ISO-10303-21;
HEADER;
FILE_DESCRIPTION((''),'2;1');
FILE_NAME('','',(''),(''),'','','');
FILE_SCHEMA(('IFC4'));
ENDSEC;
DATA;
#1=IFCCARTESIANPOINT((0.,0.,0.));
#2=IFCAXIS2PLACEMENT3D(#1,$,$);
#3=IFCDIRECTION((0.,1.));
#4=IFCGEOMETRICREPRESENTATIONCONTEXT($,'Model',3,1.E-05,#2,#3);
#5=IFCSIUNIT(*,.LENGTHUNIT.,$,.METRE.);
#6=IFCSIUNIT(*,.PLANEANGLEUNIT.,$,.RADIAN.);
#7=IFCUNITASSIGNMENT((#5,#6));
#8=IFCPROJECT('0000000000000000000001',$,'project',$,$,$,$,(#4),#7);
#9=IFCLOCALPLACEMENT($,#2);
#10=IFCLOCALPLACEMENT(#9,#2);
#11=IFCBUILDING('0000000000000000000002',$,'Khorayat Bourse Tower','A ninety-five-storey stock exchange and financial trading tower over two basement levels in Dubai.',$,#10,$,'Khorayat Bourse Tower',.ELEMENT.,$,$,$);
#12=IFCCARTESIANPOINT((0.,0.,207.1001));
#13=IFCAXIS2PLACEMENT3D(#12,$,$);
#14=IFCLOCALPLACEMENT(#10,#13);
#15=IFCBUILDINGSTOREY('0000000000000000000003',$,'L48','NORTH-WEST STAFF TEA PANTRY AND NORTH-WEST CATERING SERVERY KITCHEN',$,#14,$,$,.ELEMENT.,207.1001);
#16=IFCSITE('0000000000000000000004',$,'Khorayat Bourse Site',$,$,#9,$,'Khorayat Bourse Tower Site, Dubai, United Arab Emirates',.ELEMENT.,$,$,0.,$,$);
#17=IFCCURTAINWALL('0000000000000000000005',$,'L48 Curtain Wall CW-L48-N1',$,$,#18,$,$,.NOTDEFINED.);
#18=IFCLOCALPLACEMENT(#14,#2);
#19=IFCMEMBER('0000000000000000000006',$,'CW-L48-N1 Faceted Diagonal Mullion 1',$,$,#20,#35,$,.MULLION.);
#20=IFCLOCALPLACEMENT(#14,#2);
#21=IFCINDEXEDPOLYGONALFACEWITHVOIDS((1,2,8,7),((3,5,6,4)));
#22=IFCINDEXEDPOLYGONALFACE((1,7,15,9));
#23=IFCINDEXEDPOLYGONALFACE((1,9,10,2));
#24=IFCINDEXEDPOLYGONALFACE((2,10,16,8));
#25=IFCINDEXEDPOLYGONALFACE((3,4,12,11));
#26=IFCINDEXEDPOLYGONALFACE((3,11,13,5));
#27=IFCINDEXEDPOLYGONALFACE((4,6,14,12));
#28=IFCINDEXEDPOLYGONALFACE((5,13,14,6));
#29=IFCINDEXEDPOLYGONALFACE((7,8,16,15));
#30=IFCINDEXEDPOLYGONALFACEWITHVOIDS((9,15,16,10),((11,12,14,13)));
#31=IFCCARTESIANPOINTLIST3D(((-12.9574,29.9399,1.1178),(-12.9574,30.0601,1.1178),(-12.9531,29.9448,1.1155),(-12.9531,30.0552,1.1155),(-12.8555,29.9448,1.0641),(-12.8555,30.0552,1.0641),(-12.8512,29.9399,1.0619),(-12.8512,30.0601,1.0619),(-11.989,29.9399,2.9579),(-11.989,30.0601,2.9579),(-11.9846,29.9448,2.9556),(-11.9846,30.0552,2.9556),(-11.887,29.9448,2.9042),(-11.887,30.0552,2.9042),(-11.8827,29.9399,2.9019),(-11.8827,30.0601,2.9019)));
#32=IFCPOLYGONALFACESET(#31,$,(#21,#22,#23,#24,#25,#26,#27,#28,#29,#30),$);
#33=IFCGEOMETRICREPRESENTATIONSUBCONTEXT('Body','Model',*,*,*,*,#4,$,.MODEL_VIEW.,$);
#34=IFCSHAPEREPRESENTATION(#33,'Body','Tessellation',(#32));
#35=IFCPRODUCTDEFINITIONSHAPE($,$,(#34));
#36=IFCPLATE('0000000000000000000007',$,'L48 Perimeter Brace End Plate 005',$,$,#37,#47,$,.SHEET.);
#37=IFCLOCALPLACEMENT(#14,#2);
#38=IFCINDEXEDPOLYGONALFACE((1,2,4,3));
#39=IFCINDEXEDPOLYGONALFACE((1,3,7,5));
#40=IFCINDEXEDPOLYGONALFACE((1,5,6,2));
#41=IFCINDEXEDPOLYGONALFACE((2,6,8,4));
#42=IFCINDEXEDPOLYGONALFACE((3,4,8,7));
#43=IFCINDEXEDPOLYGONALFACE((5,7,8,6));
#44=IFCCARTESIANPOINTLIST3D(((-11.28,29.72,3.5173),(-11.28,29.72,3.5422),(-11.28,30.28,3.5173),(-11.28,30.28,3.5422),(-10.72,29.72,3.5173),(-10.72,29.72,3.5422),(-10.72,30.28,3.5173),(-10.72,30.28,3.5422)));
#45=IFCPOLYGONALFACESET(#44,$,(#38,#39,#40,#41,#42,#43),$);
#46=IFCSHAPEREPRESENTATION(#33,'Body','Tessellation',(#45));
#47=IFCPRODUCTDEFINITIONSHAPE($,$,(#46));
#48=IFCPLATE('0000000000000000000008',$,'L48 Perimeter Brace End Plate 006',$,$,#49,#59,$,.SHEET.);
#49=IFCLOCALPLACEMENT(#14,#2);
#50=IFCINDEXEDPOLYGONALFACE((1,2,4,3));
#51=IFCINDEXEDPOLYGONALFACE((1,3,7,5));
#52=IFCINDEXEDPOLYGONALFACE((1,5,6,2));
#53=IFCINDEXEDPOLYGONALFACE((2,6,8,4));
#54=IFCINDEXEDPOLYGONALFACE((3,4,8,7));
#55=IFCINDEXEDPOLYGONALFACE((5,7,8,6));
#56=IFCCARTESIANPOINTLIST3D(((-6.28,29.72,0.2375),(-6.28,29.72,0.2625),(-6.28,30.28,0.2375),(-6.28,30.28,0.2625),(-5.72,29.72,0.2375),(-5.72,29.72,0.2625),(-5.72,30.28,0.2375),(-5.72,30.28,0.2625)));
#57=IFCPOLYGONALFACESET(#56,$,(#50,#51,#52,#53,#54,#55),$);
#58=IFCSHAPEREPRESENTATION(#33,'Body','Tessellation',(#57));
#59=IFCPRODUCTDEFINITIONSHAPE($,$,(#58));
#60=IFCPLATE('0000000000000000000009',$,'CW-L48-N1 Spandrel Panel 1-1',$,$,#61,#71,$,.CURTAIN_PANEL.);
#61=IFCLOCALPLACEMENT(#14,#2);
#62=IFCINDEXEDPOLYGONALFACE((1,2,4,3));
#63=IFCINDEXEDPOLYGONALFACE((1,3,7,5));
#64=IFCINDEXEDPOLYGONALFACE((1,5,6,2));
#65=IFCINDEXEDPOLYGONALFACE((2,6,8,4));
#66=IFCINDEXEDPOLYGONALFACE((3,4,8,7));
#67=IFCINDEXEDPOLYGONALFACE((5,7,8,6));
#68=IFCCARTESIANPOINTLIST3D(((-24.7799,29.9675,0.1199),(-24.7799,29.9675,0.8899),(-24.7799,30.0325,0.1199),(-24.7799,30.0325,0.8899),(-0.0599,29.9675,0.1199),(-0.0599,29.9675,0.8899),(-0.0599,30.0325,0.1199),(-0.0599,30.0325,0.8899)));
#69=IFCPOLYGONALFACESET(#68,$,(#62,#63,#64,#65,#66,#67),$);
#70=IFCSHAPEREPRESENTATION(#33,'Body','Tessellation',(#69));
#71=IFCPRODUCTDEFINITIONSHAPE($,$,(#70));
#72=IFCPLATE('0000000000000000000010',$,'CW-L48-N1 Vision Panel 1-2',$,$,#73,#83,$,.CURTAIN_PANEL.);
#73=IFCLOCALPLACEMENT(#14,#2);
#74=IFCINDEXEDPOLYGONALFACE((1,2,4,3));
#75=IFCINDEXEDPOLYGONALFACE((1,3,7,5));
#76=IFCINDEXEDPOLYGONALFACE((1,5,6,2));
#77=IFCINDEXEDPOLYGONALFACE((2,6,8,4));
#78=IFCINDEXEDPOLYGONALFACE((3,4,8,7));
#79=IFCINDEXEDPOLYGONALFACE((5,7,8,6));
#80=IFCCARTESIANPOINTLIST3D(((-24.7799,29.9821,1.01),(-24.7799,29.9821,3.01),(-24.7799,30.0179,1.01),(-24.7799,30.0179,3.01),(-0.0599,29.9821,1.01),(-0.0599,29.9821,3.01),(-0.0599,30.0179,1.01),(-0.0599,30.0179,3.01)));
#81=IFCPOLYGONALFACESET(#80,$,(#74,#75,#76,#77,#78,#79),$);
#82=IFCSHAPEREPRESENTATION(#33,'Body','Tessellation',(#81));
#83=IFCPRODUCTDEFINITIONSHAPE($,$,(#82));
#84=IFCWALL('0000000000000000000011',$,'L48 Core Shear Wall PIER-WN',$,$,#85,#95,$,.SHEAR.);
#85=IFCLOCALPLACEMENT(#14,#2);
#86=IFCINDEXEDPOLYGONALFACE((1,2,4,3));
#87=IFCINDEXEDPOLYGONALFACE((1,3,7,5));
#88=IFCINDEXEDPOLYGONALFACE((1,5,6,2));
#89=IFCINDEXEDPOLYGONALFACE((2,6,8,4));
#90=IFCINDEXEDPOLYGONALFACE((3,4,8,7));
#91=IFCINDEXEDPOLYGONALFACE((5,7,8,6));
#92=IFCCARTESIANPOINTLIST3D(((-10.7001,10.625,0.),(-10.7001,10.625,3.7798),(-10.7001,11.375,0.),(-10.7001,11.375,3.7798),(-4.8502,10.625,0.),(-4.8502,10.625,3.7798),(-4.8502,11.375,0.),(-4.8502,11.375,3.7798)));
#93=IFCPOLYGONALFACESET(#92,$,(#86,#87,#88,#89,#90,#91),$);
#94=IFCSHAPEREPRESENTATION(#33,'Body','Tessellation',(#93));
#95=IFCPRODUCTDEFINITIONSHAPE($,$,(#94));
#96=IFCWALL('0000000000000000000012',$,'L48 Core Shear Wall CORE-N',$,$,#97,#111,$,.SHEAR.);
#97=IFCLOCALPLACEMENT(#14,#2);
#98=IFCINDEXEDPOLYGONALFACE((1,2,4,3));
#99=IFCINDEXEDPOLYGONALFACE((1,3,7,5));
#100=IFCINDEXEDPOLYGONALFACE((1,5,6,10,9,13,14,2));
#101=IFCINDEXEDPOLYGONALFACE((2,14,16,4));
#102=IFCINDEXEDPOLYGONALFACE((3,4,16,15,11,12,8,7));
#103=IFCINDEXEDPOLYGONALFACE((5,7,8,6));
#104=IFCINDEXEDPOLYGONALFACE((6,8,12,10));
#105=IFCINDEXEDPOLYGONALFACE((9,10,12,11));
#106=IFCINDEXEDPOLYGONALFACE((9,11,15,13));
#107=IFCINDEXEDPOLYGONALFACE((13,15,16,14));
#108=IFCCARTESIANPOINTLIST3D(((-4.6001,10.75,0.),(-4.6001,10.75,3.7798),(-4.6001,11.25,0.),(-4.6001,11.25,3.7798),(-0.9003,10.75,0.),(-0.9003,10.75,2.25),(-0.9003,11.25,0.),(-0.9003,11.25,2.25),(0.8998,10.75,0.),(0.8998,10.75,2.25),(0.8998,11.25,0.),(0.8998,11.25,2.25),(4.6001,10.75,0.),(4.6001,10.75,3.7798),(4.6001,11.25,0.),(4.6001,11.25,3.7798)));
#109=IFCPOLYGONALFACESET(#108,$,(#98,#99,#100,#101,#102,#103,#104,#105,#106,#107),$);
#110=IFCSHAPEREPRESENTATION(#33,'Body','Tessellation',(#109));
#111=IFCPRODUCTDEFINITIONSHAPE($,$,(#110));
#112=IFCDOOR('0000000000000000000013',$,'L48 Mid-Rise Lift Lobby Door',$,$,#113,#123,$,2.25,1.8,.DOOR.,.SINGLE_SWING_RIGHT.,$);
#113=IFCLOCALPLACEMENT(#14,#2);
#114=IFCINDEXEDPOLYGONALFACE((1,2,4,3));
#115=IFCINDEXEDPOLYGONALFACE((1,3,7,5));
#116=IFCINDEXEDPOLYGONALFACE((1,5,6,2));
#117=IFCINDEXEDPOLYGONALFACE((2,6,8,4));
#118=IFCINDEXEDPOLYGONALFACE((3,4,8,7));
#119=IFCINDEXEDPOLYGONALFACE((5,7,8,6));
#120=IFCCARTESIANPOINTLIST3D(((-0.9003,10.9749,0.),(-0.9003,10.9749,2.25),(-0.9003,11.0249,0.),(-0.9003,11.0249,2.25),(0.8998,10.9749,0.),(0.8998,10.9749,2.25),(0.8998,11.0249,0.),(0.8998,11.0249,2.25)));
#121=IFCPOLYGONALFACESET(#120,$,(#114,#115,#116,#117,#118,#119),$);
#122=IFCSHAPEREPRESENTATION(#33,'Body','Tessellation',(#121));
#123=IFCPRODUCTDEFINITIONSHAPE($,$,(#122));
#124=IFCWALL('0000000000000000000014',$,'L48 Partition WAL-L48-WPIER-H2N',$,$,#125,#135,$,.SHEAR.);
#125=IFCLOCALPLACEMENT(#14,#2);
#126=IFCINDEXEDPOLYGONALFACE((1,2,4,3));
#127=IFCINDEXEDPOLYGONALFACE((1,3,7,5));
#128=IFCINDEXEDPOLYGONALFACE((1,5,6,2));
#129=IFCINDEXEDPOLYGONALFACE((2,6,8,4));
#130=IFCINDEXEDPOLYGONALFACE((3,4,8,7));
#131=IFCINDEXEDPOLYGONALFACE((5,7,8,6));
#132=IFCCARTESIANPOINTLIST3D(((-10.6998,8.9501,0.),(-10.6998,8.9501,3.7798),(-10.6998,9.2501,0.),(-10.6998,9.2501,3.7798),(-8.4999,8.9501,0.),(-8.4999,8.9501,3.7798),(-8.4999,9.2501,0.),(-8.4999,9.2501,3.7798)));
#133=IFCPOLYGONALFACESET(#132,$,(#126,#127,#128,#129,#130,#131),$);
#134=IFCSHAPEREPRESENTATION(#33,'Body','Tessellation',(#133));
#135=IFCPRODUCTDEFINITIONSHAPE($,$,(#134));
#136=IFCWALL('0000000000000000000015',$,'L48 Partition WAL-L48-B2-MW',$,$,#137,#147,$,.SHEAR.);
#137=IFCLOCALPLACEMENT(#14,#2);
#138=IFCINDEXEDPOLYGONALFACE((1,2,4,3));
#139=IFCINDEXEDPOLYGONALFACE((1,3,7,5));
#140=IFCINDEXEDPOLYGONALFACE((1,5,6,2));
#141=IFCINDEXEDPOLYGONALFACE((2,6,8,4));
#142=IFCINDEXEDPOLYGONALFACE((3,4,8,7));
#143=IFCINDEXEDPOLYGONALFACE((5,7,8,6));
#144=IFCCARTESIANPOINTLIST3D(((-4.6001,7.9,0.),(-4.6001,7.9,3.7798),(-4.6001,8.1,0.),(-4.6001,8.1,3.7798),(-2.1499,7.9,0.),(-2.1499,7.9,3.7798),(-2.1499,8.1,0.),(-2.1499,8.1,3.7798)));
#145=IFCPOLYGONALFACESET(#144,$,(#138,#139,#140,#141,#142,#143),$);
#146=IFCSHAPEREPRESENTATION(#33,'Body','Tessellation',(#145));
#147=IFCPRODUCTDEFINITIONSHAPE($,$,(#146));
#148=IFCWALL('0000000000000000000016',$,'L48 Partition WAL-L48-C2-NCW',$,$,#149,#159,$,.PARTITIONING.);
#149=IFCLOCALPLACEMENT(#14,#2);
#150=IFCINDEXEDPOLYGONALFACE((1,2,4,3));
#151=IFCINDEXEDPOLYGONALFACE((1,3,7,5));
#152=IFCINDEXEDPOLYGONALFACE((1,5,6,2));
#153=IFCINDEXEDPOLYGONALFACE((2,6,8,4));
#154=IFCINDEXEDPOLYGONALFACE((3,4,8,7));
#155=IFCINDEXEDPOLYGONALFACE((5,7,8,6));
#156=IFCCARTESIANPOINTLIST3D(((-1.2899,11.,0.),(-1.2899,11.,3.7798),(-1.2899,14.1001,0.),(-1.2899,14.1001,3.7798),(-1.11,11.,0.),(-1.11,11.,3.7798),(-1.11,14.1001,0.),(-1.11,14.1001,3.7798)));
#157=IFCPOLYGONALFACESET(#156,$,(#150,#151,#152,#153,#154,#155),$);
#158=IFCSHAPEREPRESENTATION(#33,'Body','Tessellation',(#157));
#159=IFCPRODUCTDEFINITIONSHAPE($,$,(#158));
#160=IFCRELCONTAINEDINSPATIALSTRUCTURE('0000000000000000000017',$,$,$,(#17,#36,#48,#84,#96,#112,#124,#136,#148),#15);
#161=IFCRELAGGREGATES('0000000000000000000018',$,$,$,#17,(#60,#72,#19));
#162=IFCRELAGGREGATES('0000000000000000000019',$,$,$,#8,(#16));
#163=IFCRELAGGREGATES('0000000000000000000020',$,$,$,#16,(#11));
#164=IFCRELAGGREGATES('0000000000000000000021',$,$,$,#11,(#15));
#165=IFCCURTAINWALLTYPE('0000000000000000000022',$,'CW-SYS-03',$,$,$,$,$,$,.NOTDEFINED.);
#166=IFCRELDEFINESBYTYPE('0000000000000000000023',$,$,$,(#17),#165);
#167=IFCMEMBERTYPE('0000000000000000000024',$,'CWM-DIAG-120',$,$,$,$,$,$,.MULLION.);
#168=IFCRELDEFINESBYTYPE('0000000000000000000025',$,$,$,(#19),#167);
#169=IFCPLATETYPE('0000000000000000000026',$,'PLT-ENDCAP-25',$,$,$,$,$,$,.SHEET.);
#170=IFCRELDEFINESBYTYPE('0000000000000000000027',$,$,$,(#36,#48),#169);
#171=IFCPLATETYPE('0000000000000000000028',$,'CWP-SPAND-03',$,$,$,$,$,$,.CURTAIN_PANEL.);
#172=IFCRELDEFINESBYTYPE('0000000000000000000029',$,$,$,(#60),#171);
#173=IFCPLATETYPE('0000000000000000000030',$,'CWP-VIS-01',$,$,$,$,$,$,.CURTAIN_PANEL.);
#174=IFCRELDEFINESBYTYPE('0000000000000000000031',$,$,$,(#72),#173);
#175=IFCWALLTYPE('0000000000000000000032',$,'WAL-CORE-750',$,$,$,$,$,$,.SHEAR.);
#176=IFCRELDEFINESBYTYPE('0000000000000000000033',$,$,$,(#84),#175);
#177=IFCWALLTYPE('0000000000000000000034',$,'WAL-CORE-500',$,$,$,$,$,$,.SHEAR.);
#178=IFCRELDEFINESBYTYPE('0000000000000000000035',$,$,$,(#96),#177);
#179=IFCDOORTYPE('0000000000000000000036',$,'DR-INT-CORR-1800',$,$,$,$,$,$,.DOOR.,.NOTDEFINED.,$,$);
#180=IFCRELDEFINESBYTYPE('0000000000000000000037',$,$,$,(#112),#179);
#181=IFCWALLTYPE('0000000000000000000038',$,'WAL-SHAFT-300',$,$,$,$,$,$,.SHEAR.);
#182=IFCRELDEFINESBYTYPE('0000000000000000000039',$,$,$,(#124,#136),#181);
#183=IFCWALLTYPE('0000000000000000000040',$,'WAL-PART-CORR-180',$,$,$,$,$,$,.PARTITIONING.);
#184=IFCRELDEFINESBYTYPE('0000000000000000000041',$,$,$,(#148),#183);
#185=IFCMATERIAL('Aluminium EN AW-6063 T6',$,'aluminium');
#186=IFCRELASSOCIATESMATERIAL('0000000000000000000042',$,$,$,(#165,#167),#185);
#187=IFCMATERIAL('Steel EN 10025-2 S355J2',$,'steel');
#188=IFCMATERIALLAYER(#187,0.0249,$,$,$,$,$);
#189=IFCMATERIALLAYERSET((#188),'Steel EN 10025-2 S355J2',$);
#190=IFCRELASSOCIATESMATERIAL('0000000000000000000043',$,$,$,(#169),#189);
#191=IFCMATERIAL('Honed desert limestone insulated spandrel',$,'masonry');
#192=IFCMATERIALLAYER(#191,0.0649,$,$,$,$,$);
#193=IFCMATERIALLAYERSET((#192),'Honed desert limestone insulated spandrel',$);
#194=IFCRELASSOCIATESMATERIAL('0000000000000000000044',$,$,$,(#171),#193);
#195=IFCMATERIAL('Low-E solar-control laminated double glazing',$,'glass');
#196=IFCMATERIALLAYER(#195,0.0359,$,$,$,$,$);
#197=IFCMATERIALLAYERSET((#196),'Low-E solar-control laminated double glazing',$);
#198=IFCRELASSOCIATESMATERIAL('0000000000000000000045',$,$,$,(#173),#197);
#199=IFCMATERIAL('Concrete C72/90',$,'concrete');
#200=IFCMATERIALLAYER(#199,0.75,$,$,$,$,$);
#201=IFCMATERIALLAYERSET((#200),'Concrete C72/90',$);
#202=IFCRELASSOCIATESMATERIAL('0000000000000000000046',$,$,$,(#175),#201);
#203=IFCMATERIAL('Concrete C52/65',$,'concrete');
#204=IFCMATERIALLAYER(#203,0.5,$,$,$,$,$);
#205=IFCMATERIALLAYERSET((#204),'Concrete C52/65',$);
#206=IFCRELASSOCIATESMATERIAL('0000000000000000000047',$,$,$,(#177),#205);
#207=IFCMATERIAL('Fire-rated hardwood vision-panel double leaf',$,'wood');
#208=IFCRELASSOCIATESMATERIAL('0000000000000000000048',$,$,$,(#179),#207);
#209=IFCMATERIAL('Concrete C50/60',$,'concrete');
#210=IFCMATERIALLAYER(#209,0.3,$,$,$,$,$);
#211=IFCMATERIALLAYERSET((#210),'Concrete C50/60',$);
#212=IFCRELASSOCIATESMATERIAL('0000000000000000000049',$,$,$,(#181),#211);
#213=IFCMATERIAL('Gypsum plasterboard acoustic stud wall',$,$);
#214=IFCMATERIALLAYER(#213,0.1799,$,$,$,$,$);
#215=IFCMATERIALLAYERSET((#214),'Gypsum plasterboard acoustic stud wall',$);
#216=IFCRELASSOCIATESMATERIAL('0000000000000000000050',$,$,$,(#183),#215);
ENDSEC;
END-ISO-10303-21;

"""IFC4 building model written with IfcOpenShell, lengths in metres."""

from ifc_helpers import new_model, si_unit, direction, frame, frame_2d, origin, origin_2d, place, context, subcontext, project, spatial, rectangle, hollow_rectangle, extrude, source, transform, mapped, material, layer, layer_set, material_profile, profile_set, type_object, element, fill, aggregate, save


model = new_model("IFC4")

# Units and contexts
model_context = context("Model", 3, precision=1e-05, world=origin(), true_north=direction((0.0, 1.0)))
body_context = subcontext(model_context, "Body", "Model", "MODEL_VIEW")
ifc_project = project(units=[si_unit("LENGTHUNIT", "METRE"), si_unit("PLANEANGLEUNIT", "RADIAN")], contexts=[model_context])

# Site, building, storey
site_placement = place(None, origin())
site = spatial("IfcSite", under=ifc_project, at=site_placement, Name="Khorayat Bourse Site", LongName="Khorayat Bourse Tower Site, Dubai, United Arab Emirates", CompositionType="ELEMENT", RefElevation=0.0)
building_placement = place(site_placement, origin())
building = spatial("IfcBuilding", under=site, at=building_placement, Name="Khorayat Bourse Tower", Description="A ninety-five-storey stock exchange and financial trading tower over two basement levels in Dubai.", LongName="Khorayat Bourse Tower", CompositionType="ELEMENT")
storey_placement = place(building_placement, frame((0.0, 0.0, 207.1001)))
storey = spatial("IfcBuildingStorey", under=building, at=storey_placement, Name="L48", Description="NORTH-WEST STAFF TEA PANTRY AND NORTH-WEST CATERING SERVERY KITCHEN", CompositionType="ELEMENT", Elevation=207.1001)

# Curtain wall, member
ifc_material_1 = material(Name="Aluminium EN AW-6063 T6", Category="aluminium")
curtain_wall_type = type_object("IfcCurtainWallType", Name="CW-SYS-03", PredefinedType="NOTDEFINED", material=ifc_material_1)
curtain_wall_placement = place(storey_placement, origin())
curtain_wall = element("IfcCurtainWall", 1, at=curtain_wall_placement, inside=storey, type_object=curtain_wall_type, Name="L48 Curtain Wall CW-L48-N1", PredefinedType="NOTDEFINED")
ifc_material_profile_1 = material_profile(ifc_material_1, hollow_rectangle(XDim=0.1201, YDim=0.1201, WallThickness=0.0049, at=origin_2d()), Name="ALU 120x120x5")
ifc_profile_set_1 = profile_set([ifc_material_profile_1], Name="Aluminium EN AW-6063 T6")
member_type_1 = type_object("IfcMemberType", Name="CWM-DIAG-120", PredefinedType="MULLION", material=ifc_profile_set_1)
shared_shape_1 = source(origin(), body_context, "Body", "SweptSolid", [
    extrude(hollow_rectangle(XDim=0.1201, YDim=0.1201, WallThickness=0.0049, at=origin_2d()), origin(), (0.0, 0.0, 1.0), 2.0793),
])
member_1_placement = place(storey_placement, frame((-12.9043, 30.0, 1.0898), z_axis=(0.465761, 0.0, 0.884911), x_axis=(0.0, 1.0, 0.0)))
member_1 = element("IfcMember", 2, at=member_1_placement, type_object=member_type_1, Name="CW-L48-N1 Faceted Diagonal Mullion 1", PredefinedType="MULLION", context=body_context, shape_type="MappedRepresentation", body=[
    mapped(shared_shape_1, transform((0.0, 0.0, 0.0), scale=1.0)),
])

# Plates
ifc_material_2 = material(Name="Steel EN 10025-2 S355J2", Category="steel")
ifc_layer_1 = layer(ifc_material_2, 0.0249)
ifc_layer_set_1 = layer_set([ifc_layer_1], Name="Steel EN 10025-2 S355J2")
plate_type_1 = type_object("IfcPlateType", Name="PLT-ENDCAP-25", PredefinedType="SHEET", material=ifc_layer_set_1)
shared_shape_2 = source(origin(), body_context, "Body", "SweptSolid", [
    extrude(rectangle(XDim=0.5601, YDim=0.5601, at=origin_2d()), origin(), (0.0, 0.0, 1.0), 0.0249),
])
for number, where, z_axis, x_axis, name in (
    (3, (-11.0, 30.0, 3.5173), (0.0, 0.0, 1.0), (1.0, 0.0, 0.0), "L48 Perimeter Brace End Plate 005"),
    (4, (-6.0, 30.0, 0.2375), (0.0, 0.0, 1.0), (1.0, 0.0, 0.0), "L48 Perimeter Brace End Plate 006"),
):
    element("IfcPlate", number, at=place(storey_placement, frame(where, z_axis=z_axis, x_axis=x_axis)), inside=storey, type_object=plate_type_1, Name=name, PredefinedType="SHEET", context=body_context, shape_type="MappedRepresentation", body=[
        mapped(shared_shape_2, transform((0.0, 0.0, 0.0), scale=1.0)),
    ])

# Plates
ifc_material_3 = material(Name="Honed desert limestone insulated spandrel", Category="masonry")
ifc_layer_2 = layer(ifc_material_3, 0.0649)
ifc_layer_set_2 = layer_set([ifc_layer_2], Name="Honed desert limestone insulated spandrel")
plate_type_2 = type_object("IfcPlateType", Name="CWP-SPAND-03", PredefinedType="CURTAIN_PANEL", material=ifc_layer_set_2)
shared_shape_3 = source(origin(), body_context, "Body", "SweptSolid", [
    extrude(rectangle(XDim=24.72, YDim=0.0649, at=origin_2d()), origin(), (0.0, 0.0, 1.0), 0.77),
])
plate_1_placement = place(storey_placement, frame((-12.4199, 30.0, 0.1199), z_axis=(0.0, 0.0, 1.0), x_axis=(1.0, 0.0, 0.0)))
plate_1 = element("IfcPlate", 5, at=plate_1_placement, type_object=plate_type_2, Name="CW-L48-N1 Spandrel Panel 1-1", PredefinedType="CURTAIN_PANEL", context=body_context, shape_type="MappedRepresentation", body=[
    mapped(shared_shape_3, transform((0.0, 0.0, 0.0), scale=1.0)),
])
ifc_material_4 = material(Name="Low-E solar-control laminated double glazing", Category="glass")
ifc_layer_3 = layer(ifc_material_4, 0.0359)
ifc_layer_set_3 = layer_set([ifc_layer_3], Name="Low-E solar-control laminated double glazing")
plate_type_3 = type_object("IfcPlateType", Name="CWP-VIS-01", PredefinedType="CURTAIN_PANEL", material=ifc_layer_set_3)
shared_shape_4 = source(origin(), body_context, "Body", "SweptSolid", [
    extrude(rectangle(XDim=24.72, YDim=0.0359, at=origin_2d()), origin(), (0.0, 0.0, 1.0), 2.0),
])
plate_2_placement = place(storey_placement, frame((-12.4199, 30.0, 1.01), z_axis=(0.0, 0.0, 1.0), x_axis=(1.0, 0.0, 0.0)))
plate_2 = element("IfcPlate", 6, at=plate_2_placement, type_object=plate_type_3, Name="CW-L48-N1 Vision Panel 1-2", PredefinedType="CURTAIN_PANEL", context=body_context, shape_type="MappedRepresentation", body=[
    mapped(shared_shape_4, transform((0.0, 0.0, 0.0), scale=1.0)),
])
aggregate(curtain_wall, [plate_1, plate_2, member_1])

# Wall
ifc_material_5 = material(Name="Concrete C72/90", Category="concrete")
ifc_layer_4 = layer(ifc_material_5, 0.75)
ifc_layer_set_4 = layer_set([ifc_layer_4], Name="Concrete C72/90")
wall_type_1 = type_object("IfcWallType", Name="WAL-CORE-750", PredefinedType="SHEAR", material=ifc_layer_set_4)
shared_shape_5 = source(origin(), body_context, "Body", "SweptSolid", [
    extrude(rectangle(XDim=5.8499, YDim=0.75, at=frame_2d((2.9248, 0.0))), origin(), (0.0, 0.0, 1.0), 3.7798),
])
wall_1_placement = place(storey_placement, frame((-10.7, 11.0, 0.0), z_axis=(0.0, 0.0, 1.0), x_axis=(1.0, 0.0, 0.0)))
element("IfcWall", 7, at=wall_1_placement, inside=storey, type_object=wall_type_1, Name="L48 Core Shear Wall PIER-WN", PredefinedType="SHEAR", context=body_context, shape_type="MappedRepresentation", body=[
    mapped(shared_shape_5, transform((0.0, 0.0, 0.0), scale=1.0)),
])

# Wall, opening, door
ifc_material_6 = material(Name="Concrete C52/65", Category="concrete")
ifc_layer_5 = layer(ifc_material_6, 0.5)
ifc_layer_set_5 = layer_set([ifc_layer_5], Name="Concrete C52/65")
wall_type_2 = type_object("IfcWallType", Name="WAL-CORE-500", PredefinedType="SHEAR", material=ifc_layer_set_5)
shared_shape_6 = source(origin(), body_context, "Body", "SweptSolid", [
    extrude(rectangle(XDim=9.2002, YDim=0.5, at=frame_2d((4.6001, 0.0))), origin(), (0.0, 0.0, 1.0), 3.7798),
])
wall_2_placement = place(storey_placement, frame((-4.6001, 11.0, 0.0), z_axis=(0.0, 0.0, 1.0), x_axis=(1.0, 0.0, 0.0)))
wall_2 = element("IfcWall", 8, at=wall_2_placement, inside=storey, type_object=wall_type_2, Name="L48 Core Shear Wall CORE-N", PredefinedType="SHEAR", context=body_context, shape_type="MappedRepresentation", body=[
    mapped(shared_shape_6, transform((0.0, 0.0, 0.0), scale=1.0)),
])
shared_shape_7 = source(origin(), body_context, "Body", "SweptSolid", [
    extrude(rectangle(XDim=1.8, YDim=2.25, at=frame_2d((0.8999, 1.125))), frame((0.0, 0.26, 0.0), z_axis=(0.0, -1.0, 0.0), x_axis=(1.0, 0.0, 0.0)), (0.0, 0.0, 1.0), 0.52),
])
opening_1_placement = place(wall_2_placement, frame((3.7, 0.0, 0.0)))
opening_1 = element("IfcOpeningElement", 9, at=opening_1_placement, cuts=wall_2, PredefinedType="OPENING", context=body_context, shape_type="MappedRepresentation", body=[
    mapped(shared_shape_7, transform((0.0, 0.0, 0.0), scale=1.0)),
])
ifc_material_7 = material(Name="Fire-rated hardwood vision-panel double leaf", Category="wood")
door_type_1 = type_object("IfcDoorType", Name="DR-INT-CORR-1800", OperationType="NOTDEFINED", PredefinedType="DOOR", material=ifc_material_7)
shared_shape_8 = source(origin(), body_context, "Body", "SweptSolid", [
    extrude(rectangle(XDim=1.8, YDim=2.25, at=frame_2d((0.8999, 1.125))), frame((0.0, 0.0249, 0.0), z_axis=(0.0, -1.0, 0.0), x_axis=(1.0, 0.0, 0.0)), (0.0, 0.0, 1.0), 0.05),
])
door_1_placement = place(opening_1_placement, origin())
door_1 = element("IfcDoor", 10, at=door_1_placement, inside=storey, type_object=door_type_1, Name="L48 Mid-Rise Lift Lobby Door", OperationType="SINGLE_SWING_RIGHT", OverallHeight=2.25, OverallWidth=1.8, PredefinedType="DOOR", context=body_context, shape_type="MappedRepresentation", body=[
    mapped(shared_shape_8, transform((0.0, 0.0, 0.0), scale=1.0)),
])
fill(opening_1, door_1)

# Walls
ifc_material_8 = material(Name="Concrete C50/60", Category="concrete")
ifc_layer_6 = layer(ifc_material_8, 0.3)
ifc_layer_set_6 = layer_set([ifc_layer_6], Name="Concrete C50/60")
wall_type_3 = type_object("IfcWallType", Name="WAL-SHAFT-300", PredefinedType="SHEAR", material=ifc_layer_set_6)
shared_shape_9 = source(origin(), body_context, "Body", "SweptSolid", [
    extrude(rectangle(XDim=2.2, YDim=0.3, at=frame_2d((1.1001, 0.0))), origin(), (0.0, 0.0, 1.0), 3.7798),
])
wall_3_placement = place(storey_placement, frame((-10.7, 9.1001, 0.0), z_axis=(0.0, 0.0, 1.0), x_axis=(1.0, 0.0, 0.0)))
element("IfcWall", 11, at=wall_3_placement, inside=storey, type_object=wall_type_3, Name="L48 Partition WAL-L48-WPIER-H2N", PredefinedType="SHEAR", context=body_context, shape_type="MappedRepresentation", body=[
    mapped(shared_shape_9, transform((0.0, 0.0, 0.0), scale=1.0)),
])
shared_shape_10 = source(origin(), body_context, "Body", "SweptSolid", [
    extrude(rectangle(XDim=2.4502, YDim=0.2, at=frame_2d((1.2251, 0.0))), origin(), (0.0, 0.0, 1.0), 3.7798),
])
wall_4_placement = place(storey_placement, frame((-4.6001, 8.0, 0.0), z_axis=(0.0, 0.0, 1.0), x_axis=(1.0, 0.0, 0.0)))
element("IfcWall", 12, at=wall_4_placement, inside=storey, type_object=wall_type_3, Name="L48 Partition WAL-L48-B2-MW", PredefinedType="SHEAR", context=body_context, shape_type="MappedRepresentation", body=[
    mapped(shared_shape_10, transform((0.0, 0.0, 0.0), scale=1.0)),
])
ifc_material_9 = material(Name="Gypsum plasterboard acoustic stud wall")
ifc_layer_7 = layer(ifc_material_9, 0.1799)
ifc_layer_set_7 = layer_set([ifc_layer_7], Name="Gypsum plasterboard acoustic stud wall")
wall_type_4 = type_object("IfcWallType", Name="WAL-PART-CORR-180", PredefinedType="PARTITIONING", material=ifc_layer_set_7)
shared_shape_11 = source(origin(), body_context, "Body", "SweptSolid", [
    extrude(rectangle(XDim=3.1001, YDim=0.1799, at=frame_2d((1.55, 0.0))), origin(), (0.0, 0.0, 1.0), 3.7798),
])
wall_5_placement = place(storey_placement, frame((-1.2, 11.0, 0.0), z_axis=(0.0, 0.0, 1.0), x_axis=(0.0, 1.0, 0.0)))
element("IfcWall", 13, at=wall_5_placement, inside=storey, type_object=wall_type_4, Name="L48 Partition WAL-L48-C2-NCW", PredefinedType="PARTITIONING", context=body_context, shape_type="MappedRepresentation", body=[
    mapped(shared_shape_11, transform((0.0, 0.0, 0.0), scale=1.0)),
])

save(model, "model.ifc")
